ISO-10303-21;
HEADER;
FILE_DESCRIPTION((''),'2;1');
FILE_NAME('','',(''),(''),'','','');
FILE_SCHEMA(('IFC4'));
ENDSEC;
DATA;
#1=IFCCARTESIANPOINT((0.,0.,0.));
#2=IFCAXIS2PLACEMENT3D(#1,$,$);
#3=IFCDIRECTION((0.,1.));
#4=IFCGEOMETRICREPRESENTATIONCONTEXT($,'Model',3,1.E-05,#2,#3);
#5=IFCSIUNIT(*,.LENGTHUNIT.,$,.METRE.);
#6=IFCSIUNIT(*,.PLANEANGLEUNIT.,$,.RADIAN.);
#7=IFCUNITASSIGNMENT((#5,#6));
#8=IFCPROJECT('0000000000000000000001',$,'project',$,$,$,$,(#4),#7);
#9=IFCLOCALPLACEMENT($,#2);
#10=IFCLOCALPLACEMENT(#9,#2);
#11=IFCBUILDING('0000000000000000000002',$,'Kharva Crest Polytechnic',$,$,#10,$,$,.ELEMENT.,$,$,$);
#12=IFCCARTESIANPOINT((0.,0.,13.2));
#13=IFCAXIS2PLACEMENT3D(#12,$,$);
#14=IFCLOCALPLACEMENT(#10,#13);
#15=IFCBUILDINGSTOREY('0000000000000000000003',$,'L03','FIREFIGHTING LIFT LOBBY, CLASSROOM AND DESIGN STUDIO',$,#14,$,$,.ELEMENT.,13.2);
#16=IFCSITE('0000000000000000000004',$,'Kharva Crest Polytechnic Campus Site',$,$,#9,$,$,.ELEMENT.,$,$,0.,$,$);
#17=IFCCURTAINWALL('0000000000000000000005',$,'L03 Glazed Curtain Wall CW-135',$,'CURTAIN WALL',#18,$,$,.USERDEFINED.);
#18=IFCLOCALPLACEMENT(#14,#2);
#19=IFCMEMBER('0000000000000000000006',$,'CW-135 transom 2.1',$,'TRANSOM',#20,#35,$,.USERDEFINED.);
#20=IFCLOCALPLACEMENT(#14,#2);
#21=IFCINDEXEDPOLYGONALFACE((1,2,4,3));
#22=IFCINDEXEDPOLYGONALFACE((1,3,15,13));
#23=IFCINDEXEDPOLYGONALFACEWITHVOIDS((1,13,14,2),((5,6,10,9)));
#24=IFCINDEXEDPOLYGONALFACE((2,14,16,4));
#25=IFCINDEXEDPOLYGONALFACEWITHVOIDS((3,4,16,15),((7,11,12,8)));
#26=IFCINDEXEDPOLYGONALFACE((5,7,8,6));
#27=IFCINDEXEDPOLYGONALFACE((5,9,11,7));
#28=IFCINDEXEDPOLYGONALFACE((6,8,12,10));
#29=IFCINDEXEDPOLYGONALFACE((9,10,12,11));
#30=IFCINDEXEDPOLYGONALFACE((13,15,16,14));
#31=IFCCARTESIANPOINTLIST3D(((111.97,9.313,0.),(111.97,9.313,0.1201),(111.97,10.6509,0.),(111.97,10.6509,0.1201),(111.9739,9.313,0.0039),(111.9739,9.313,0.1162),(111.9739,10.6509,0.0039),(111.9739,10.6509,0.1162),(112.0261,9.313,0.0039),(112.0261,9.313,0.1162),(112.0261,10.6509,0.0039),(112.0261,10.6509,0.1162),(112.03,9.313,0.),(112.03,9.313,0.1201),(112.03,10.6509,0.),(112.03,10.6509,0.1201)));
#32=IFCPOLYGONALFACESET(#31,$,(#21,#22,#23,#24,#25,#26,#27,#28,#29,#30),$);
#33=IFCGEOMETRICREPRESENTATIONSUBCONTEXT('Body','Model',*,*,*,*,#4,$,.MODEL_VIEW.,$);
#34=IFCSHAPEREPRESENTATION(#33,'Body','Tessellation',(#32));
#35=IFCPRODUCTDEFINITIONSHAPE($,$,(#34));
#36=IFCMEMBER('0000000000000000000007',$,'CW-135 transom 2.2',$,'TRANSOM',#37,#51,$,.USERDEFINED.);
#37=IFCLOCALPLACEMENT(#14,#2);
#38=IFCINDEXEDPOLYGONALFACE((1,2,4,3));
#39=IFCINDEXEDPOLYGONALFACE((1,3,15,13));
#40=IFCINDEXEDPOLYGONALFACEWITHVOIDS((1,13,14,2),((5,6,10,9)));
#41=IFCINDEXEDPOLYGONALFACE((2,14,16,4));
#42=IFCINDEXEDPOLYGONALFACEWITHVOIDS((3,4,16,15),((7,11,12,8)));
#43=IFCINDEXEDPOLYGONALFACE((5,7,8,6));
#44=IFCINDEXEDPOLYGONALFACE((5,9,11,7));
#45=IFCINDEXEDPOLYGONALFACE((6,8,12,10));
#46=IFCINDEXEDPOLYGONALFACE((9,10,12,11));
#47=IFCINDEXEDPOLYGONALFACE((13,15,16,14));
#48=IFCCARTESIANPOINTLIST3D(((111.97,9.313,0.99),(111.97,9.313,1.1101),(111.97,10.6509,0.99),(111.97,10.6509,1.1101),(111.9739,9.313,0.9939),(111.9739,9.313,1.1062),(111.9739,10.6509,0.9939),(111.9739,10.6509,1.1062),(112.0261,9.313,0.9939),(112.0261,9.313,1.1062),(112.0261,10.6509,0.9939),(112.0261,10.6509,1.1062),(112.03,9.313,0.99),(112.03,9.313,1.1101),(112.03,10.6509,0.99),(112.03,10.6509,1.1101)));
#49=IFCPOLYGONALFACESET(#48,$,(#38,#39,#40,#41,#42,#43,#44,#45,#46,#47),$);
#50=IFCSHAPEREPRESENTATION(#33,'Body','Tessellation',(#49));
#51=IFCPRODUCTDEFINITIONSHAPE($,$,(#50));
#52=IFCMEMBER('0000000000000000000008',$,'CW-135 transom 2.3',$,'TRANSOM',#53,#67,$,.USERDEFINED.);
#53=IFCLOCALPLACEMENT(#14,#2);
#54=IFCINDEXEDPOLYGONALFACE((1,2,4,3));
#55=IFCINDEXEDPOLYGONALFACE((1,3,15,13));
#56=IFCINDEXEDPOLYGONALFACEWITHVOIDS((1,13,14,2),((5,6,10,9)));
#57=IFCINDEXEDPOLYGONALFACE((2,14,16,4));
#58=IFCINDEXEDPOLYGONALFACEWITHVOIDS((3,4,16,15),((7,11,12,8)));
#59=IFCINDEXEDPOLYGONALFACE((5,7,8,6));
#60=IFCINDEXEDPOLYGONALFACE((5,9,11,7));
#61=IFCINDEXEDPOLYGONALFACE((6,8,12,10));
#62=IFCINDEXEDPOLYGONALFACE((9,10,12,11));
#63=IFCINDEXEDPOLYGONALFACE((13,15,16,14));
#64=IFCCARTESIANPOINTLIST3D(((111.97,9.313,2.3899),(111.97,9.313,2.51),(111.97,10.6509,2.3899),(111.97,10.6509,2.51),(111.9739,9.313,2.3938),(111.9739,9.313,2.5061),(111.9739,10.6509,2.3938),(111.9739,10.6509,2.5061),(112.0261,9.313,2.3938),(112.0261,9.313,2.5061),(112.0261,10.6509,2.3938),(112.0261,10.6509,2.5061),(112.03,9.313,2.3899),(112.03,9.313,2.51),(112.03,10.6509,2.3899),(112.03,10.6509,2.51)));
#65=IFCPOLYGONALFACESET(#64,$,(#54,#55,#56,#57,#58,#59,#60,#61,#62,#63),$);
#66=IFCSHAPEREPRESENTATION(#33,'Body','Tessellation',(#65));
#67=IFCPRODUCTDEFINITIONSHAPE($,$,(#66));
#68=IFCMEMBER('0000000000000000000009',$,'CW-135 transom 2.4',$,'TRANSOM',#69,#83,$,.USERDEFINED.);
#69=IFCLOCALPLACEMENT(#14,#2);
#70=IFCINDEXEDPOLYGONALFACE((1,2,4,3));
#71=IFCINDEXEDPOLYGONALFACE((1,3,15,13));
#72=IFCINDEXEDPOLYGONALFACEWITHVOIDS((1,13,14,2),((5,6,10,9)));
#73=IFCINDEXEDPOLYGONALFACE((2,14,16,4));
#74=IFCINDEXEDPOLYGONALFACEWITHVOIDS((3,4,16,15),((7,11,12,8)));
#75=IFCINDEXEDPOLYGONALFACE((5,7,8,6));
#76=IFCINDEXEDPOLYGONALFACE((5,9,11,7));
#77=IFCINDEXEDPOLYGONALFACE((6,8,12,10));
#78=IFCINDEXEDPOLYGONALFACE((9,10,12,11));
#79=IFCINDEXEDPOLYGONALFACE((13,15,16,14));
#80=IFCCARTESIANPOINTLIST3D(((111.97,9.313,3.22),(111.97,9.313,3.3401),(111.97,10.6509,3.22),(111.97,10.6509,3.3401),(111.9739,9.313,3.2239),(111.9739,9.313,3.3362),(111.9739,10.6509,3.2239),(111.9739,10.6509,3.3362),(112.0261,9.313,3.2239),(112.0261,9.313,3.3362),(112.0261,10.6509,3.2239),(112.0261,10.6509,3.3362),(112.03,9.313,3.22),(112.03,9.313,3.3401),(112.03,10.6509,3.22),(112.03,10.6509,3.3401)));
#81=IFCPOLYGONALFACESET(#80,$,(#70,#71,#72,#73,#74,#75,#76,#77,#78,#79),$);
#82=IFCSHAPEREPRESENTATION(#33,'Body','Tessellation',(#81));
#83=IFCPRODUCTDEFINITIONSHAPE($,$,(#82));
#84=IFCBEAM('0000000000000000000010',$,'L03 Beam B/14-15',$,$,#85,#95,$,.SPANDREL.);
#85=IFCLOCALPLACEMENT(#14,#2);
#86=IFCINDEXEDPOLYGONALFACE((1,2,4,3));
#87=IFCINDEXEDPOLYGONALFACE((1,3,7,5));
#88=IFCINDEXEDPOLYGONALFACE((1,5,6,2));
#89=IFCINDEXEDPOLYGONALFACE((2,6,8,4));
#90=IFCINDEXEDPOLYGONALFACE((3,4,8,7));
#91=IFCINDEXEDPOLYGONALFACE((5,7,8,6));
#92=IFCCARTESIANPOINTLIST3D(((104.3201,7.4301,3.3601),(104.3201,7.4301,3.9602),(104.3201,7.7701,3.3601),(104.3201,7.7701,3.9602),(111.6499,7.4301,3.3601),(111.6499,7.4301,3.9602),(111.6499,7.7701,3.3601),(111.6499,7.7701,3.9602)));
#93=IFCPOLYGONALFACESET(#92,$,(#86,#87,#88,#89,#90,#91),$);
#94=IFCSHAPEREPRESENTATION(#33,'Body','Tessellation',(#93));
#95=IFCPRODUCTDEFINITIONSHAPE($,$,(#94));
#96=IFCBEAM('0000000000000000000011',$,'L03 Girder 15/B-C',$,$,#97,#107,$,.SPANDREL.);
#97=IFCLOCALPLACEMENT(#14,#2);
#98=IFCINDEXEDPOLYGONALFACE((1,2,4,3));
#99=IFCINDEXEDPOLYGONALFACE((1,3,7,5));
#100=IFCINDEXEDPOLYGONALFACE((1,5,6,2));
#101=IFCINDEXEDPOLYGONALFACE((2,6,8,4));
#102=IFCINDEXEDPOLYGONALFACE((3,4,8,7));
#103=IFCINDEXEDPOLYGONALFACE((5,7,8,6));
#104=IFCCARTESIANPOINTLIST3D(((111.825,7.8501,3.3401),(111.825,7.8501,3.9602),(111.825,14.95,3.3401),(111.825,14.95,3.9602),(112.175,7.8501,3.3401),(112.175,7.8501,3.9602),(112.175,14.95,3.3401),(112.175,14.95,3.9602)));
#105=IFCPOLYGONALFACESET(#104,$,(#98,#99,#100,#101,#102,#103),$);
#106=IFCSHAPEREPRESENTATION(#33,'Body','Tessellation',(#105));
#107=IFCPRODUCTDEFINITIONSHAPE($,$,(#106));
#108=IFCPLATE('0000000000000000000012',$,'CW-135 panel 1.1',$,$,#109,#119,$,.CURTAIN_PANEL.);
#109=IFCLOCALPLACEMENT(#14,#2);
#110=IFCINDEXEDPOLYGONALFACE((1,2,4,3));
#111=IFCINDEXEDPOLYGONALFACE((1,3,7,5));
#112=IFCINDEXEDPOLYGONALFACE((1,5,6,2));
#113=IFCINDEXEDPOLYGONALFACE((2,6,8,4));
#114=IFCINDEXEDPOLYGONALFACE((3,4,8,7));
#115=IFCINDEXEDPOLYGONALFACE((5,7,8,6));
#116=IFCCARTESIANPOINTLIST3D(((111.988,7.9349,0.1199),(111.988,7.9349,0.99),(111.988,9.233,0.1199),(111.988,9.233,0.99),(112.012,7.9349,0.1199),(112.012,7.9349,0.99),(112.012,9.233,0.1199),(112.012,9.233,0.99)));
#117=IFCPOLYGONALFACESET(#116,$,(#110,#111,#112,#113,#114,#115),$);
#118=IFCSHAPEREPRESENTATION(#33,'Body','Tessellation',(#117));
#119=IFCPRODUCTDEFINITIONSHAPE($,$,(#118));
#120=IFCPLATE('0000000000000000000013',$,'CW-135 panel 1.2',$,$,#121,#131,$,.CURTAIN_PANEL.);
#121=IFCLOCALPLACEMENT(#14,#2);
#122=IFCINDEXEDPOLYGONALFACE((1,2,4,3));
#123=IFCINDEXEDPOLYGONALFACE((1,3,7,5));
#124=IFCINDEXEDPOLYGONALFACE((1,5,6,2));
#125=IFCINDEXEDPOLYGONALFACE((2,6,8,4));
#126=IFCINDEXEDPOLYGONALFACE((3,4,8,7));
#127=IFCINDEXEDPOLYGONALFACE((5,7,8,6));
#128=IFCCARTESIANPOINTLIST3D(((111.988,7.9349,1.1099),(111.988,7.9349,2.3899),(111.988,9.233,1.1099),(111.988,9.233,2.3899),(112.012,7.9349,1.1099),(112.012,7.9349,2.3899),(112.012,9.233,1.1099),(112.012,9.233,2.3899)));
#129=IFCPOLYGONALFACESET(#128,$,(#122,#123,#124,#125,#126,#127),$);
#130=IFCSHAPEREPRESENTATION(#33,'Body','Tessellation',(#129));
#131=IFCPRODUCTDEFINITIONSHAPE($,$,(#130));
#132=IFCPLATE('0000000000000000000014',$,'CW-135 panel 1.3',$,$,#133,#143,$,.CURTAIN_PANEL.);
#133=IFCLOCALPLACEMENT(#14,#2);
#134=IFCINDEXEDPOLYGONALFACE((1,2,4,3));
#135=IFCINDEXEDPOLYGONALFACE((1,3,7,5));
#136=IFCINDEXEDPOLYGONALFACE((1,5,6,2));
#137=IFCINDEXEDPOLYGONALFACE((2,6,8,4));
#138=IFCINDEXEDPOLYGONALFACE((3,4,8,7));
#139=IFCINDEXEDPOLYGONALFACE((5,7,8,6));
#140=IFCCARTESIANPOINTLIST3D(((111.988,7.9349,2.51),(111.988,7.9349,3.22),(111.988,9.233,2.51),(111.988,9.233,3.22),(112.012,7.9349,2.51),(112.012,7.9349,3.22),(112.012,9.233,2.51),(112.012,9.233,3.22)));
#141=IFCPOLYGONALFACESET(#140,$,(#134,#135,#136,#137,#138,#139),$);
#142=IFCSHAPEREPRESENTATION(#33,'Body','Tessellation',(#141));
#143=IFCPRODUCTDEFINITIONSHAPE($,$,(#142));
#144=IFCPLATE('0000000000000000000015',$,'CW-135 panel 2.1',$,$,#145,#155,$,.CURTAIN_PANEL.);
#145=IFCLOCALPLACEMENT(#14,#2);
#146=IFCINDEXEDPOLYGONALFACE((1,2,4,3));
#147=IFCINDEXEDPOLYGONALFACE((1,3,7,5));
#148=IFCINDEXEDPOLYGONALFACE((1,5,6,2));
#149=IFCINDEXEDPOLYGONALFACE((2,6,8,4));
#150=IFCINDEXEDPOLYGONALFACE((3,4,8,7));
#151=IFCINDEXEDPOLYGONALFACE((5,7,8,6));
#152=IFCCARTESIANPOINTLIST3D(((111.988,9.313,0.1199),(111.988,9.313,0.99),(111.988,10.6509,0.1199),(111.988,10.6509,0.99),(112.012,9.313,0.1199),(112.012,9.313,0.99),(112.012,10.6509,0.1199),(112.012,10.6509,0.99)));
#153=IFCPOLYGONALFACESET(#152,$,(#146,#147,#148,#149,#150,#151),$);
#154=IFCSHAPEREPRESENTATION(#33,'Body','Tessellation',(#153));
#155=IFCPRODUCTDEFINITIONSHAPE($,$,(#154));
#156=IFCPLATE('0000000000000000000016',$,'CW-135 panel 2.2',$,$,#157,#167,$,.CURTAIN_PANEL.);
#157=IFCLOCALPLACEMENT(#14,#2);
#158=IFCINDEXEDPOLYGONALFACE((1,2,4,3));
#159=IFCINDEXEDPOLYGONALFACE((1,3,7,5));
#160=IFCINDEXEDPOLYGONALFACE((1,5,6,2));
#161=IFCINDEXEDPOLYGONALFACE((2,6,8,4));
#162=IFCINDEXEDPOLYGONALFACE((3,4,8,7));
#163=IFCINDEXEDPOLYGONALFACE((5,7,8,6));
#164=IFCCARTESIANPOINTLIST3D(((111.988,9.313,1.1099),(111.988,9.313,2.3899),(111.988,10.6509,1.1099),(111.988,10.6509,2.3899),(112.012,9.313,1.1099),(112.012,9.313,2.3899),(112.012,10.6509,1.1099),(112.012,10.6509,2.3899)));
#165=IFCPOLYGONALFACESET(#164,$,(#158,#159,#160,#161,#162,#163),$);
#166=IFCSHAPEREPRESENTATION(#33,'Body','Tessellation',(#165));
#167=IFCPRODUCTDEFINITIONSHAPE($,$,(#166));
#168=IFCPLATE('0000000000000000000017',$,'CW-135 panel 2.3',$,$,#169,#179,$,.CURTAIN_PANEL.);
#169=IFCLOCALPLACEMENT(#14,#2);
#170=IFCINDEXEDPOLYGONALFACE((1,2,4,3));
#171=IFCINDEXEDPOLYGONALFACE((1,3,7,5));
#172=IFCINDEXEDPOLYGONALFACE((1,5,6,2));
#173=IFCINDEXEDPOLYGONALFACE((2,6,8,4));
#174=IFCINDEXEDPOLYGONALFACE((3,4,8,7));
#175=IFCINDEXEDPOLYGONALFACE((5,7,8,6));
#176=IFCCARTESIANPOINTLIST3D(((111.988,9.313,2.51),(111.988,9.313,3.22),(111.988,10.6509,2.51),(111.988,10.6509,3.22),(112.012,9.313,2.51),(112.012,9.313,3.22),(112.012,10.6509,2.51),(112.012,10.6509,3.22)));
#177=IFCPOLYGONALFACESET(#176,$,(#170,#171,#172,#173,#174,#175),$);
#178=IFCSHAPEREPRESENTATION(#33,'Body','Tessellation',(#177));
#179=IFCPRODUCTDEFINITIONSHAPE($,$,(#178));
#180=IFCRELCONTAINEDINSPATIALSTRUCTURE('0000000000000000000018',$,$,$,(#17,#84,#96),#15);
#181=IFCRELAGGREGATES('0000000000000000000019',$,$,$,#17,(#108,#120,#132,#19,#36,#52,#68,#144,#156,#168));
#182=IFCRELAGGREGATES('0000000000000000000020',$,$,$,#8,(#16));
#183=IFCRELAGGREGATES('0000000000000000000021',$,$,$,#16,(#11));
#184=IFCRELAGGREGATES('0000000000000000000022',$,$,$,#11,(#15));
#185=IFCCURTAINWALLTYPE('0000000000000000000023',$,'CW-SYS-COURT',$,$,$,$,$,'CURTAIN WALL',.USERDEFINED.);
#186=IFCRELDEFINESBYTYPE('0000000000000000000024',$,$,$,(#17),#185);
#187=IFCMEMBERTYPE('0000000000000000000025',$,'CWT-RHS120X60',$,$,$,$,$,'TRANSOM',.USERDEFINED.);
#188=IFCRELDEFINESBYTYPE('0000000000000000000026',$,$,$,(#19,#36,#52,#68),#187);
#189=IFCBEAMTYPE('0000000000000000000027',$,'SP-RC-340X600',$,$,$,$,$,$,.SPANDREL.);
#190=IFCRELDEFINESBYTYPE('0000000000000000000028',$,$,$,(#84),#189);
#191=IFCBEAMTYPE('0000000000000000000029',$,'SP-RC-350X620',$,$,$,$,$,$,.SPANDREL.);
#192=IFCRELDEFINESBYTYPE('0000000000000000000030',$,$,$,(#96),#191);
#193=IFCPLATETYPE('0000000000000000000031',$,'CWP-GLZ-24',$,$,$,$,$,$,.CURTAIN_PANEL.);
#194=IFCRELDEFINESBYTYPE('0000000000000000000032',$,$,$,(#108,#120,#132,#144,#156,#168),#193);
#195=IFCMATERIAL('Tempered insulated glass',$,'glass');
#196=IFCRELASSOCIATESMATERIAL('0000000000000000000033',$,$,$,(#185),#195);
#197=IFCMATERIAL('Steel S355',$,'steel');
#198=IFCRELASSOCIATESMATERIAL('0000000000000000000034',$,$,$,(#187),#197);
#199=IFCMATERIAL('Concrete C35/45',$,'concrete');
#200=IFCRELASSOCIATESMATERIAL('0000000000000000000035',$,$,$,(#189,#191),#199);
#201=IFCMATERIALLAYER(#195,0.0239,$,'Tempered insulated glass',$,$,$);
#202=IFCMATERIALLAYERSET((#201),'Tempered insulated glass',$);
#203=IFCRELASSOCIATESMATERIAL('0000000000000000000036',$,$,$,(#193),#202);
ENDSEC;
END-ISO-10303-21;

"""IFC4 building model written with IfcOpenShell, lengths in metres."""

from ifc_helpers import new_model, si_unit, direction, frame, origin, origin_2d, place, context, subcontext, project, spatial, rectangle, hollow_rectangle, extrude, material, layer, layer_set, material_profile, profile_set, type_object, element, aggregate, save


model = new_model("IFC4")

# Units and contexts
model_context = context("Model", 3, precision=1e-05, world=origin(), true_north=direction((0.0, 1.0)))
body_context = subcontext(model_context, "Body", "Model", "MODEL_VIEW")
ifc_project = project(units=[si_unit("LENGTHUNIT", "METRE"), si_unit("PLANEANGLEUNIT", "RADIAN")], contexts=[model_context])

# Site, building, storey
site_placement = place(None, origin())
site = spatial("IfcSite", under=ifc_project, at=site_placement, Name="Kharva Crest Polytechnic Campus Site", CompositionType="ELEMENT", RefElevation=0.0)
building_placement = place(site_placement, origin())
building = spatial("IfcBuilding", under=site, at=building_placement, Name="Kharva Crest Polytechnic", CompositionType="ELEMENT")
storey_placement = place(building_placement, frame((0.0, 0.0, 13.2)))
storey = spatial("IfcBuildingStorey", under=building, at=storey_placement, Name="L03", Description="FIREFIGHTING LIFT LOBBY, CLASSROOM AND DESIGN STUDIO", CompositionType="ELEMENT", Elevation=13.2)

# Shared definitions
ifc_material_1 = material(Name="Concrete C35/45", Category="concrete")

# Curtain wall, members
ifc_material_2 = material(Name="Tempered insulated glass", Category="glass")
curtain_wall_type = type_object("IfcCurtainWallType", Name="CW-SYS-COURT", ElementType="CURTAIN WALL", PredefinedType="USERDEFINED", material=ifc_material_2)
curtain_wall_placement = place(storey_placement, origin())
curtain_wall = element("IfcCurtainWall", 1, at=curtain_wall_placement, inside=storey, type_object=curtain_wall_type, Name="L03 Glazed Curtain Wall CW-135", ObjectType="CURTAIN WALL", PredefinedType="USERDEFINED")
ifc_material_3 = material(Name="Steel S355", Category="steel")
ifc_material_profile_1 = material_profile(ifc_material_3, hollow_rectangle(XDim=0.0601, YDim=0.1201, WallThickness=0.0039, at=origin_2d()), Name="RHS 120X60X4.0")
ifc_profile_set_1 = profile_set([ifc_material_profile_1], Name="Steel S355")
member_type_1 = type_object("IfcMemberType", Name="CWT-RHS120X60", ElementType="TRANSOM", PredefinedType="USERDEFINED", material=ifc_profile_set_1)
member_1_placement = place(storey_placement, frame((112.0, 9.313, 0.0601), z_axis=(0.0, 1.0, 0.0), x_axis=(-1.0, 0.0, 0.0)))
member_1 = element("IfcMember", 2, at=member_1_placement, type_object=member_type_1, Name="CW-135 transom 2.1", ObjectType="TRANSOM", PredefinedType="USERDEFINED", context=body_context, shape_type="SweptSolid", body=[
    extrude(hollow_rectangle(XDim=0.0601, YDim=0.1201, WallThickness=0.0039, at=origin_2d()), origin(), (0.0, 0.0, 1.0), 1.3379),
])
member_2_placement = place(storey_placement, frame((112.0, 9.313, 1.05), z_axis=(0.0, 1.0, 0.0), x_axis=(-1.0, 0.0, 0.0)))
member_2 = element("IfcMember", 3, at=member_2_placement, type_object=member_type_1, Name="CW-135 transom 2.2", ObjectType="TRANSOM", PredefinedType="USERDEFINED", context=body_context, shape_type="SweptSolid", body=[
    extrude(hollow_rectangle(XDim=0.0601, YDim=0.1201, WallThickness=0.0039, at=origin_2d()), origin(), (0.0, 0.0, 1.0), 1.3379),
])
member_3_placement = place(storey_placement, frame((112.0, 9.313, 2.45), z_axis=(0.0, 1.0, 0.0), x_axis=(-1.0, 0.0, 0.0)))
member_3 = element("IfcMember", 4, at=member_3_placement, type_object=member_type_1, Name="CW-135 transom 2.3", ObjectType="TRANSOM", PredefinedType="USERDEFINED", context=body_context, shape_type="SweptSolid", body=[
    extrude(hollow_rectangle(XDim=0.0601, YDim=0.1201, WallThickness=0.0039, at=origin_2d()), origin(), (0.0, 0.0, 1.0), 1.3379),
])
member_4_placement = place(storey_placement, frame((112.0, 9.313, 3.28), z_axis=(0.0, 1.0, 0.0), x_axis=(-1.0, 0.0, 0.0)))
member_4 = element("IfcMember", 5, at=member_4_placement, type_object=member_type_1, Name="CW-135 transom 2.4", ObjectType="TRANSOM", PredefinedType="USERDEFINED", context=body_context, shape_type="SweptSolid", body=[
    extrude(hollow_rectangle(XDim=0.0601, YDim=0.1201, WallThickness=0.0039, at=origin_2d()), origin(), (0.0, 0.0, 1.0), 1.3379),
])

# Beams
ifc_material_profile_2 = material_profile(ifc_material_1, rectangle(XDim=0.3401, YDim=0.6001, at=origin_2d()), Name="RECT 340 X 600")
ifc_profile_set_2 = profile_set([ifc_material_profile_2], Name="Concrete C35/45")
beam_type_1 = type_object("IfcBeamType", Name="SP-RC-340X600", PredefinedType="SPANDREL", material=ifc_profile_set_2)
beam_1_placement = place(storey_placement, frame((104.3201, 7.6001, 3.6602), z_axis=(1.0, 0.0, 0.0), x_axis=(0.0, 1.0, 0.0)))
element("IfcBeam", 6, at=beam_1_placement, inside=storey, type_object=beam_type_1, Name="L03 Beam B/14-15", PredefinedType="SPANDREL", context=body_context, shape_type="SweptSolid", body=[
    extrude(rectangle(XDim=0.3401, YDim=0.6001, at=origin_2d()), origin(), (0.0, 0.0, 1.0), 7.3298),
])
ifc_material_profile_3 = material_profile(ifc_material_1, rectangle(XDim=0.3501, YDim=0.6201, at=origin_2d()), Name="RECT 350 X 620")
ifc_profile_set_3 = profile_set([ifc_material_profile_3], Name="Concrete C35/45")
beam_type_2 = type_object("IfcBeamType", Name="SP-RC-350X620", PredefinedType="SPANDREL", material=ifc_profile_set_3)
beam_2_placement = place(storey_placement, frame((112.0, 7.8501, 3.6501), z_axis=(0.0, 1.0, 0.0), x_axis=(-1.0, 0.0, 0.0)))
element("IfcBeam", 7, at=beam_2_placement, inside=storey, type_object=beam_type_2, Name="L03 Girder 15/B-C", PredefinedType="SPANDREL", context=body_context, shape_type="SweptSolid", body=[
    extrude(rectangle(XDim=0.3501, YDim=0.6201, at=origin_2d()), origin(), (0.0, 0.0, 1.0), 7.0999),
])

# Plates
ifc_layer_1 = layer(ifc_material_2, 0.0239, Name="Tempered insulated glass")
ifc_layer_set_1 = layer_set([ifc_layer_1], Name="Tempered insulated glass")
plate_type = type_object("IfcPlateType", Name="CWP-GLZ-24", PredefinedType="CURTAIN_PANEL", material=ifc_layer_set_1)
plate_1_placement = place(storey_placement, frame((112.0, 8.584, 0.1199), z_axis=(0.0, 0.0, 1.0), x_axis=(0.0, 1.0, 0.0)))
plate_1 = element("IfcPlate", 8, at=plate_1_placement, type_object=plate_type, Name="CW-135 panel 1.1", PredefinedType="CURTAIN_PANEL", context=body_context, shape_type="SweptSolid", body=[
    extrude(rectangle(XDim=1.2981, YDim=0.0239, at=origin_2d()), origin(), (0.0, 0.0, 1.0), 0.8701),
])
plate_2_placement = place(storey_placement, frame((112.0, 8.584, 1.1099), z_axis=(0.0, 0.0, 1.0), x_axis=(0.0, 1.0, 0.0)))
plate_2 = element("IfcPlate", 9, at=plate_2_placement, type_object=plate_type, Name="CW-135 panel 1.2", PredefinedType="CURTAIN_PANEL", context=body_context, shape_type="SweptSolid", body=[
    extrude(rectangle(XDim=1.2981, YDim=0.0239, at=origin_2d()), origin(), (0.0, 0.0, 1.0), 1.28),
])
plate_3_placement = place(storey_placement, frame((112.0, 8.584, 2.51), z_axis=(0.0, 0.0, 1.0), x_axis=(0.0, 1.0, 0.0)))
plate_3 = element("IfcPlate", 10, at=plate_3_placement, type_object=plate_type, Name="CW-135 panel 1.3", PredefinedType="CURTAIN_PANEL", context=body_context, shape_type="SweptSolid", body=[
    extrude(rectangle(XDim=1.2981, YDim=0.0239, at=origin_2d()), origin(), (0.0, 0.0, 1.0), 0.71),
])
plate_4_placement = place(storey_placement, frame((112.0, 9.9819, 0.1199), z_axis=(0.0, 0.0, 1.0), x_axis=(0.0, 1.0, 0.0)))
plate_4 = element("IfcPlate", 11, at=plate_4_placement, type_object=plate_type, Name="CW-135 panel 2.1", PredefinedType="CURTAIN_PANEL", context=body_context, shape_type="SweptSolid", body=[
    extrude(rectangle(XDim=1.3379, YDim=0.0239, at=origin_2d()), origin(), (0.0, 0.0, 1.0), 0.8701),
])
plate_5_placement = place(storey_placement, frame((112.0, 9.9819, 1.1099), z_axis=(0.0, 0.0, 1.0), x_axis=(0.0, 1.0, 0.0)))
plate_5 = element("IfcPlate", 12, at=plate_5_placement, type_object=plate_type, Name="CW-135 panel 2.2", PredefinedType="CURTAIN_PANEL", context=body_context, shape_type="SweptSolid", body=[
    extrude(rectangle(XDim=1.3379, YDim=0.0239, at=origin_2d()), origin(), (0.0, 0.0, 1.0), 1.28),
])
plate_6_placement = place(storey_placement, frame((112.0, 9.9819, 2.51), z_axis=(0.0, 0.0, 1.0), x_axis=(0.0, 1.0, 0.0)))
plate_6 = element("IfcPlate", 13, at=plate_6_placement, type_object=plate_type, Name="CW-135 panel 2.3", PredefinedType="CURTAIN_PANEL", context=body_context, shape_type="SweptSolid", body=[
    extrude(rectangle(XDim=1.3379, YDim=0.0239, at=origin_2d()), origin(), (0.0, 0.0, 1.0), 0.71),
])
aggregate(curtain_wall, [plate_1, plate_2, plate_3, member_1, member_2, member_3, member_4, plate_4, plate_5, plate_6])

save(model, "model.ifc")
